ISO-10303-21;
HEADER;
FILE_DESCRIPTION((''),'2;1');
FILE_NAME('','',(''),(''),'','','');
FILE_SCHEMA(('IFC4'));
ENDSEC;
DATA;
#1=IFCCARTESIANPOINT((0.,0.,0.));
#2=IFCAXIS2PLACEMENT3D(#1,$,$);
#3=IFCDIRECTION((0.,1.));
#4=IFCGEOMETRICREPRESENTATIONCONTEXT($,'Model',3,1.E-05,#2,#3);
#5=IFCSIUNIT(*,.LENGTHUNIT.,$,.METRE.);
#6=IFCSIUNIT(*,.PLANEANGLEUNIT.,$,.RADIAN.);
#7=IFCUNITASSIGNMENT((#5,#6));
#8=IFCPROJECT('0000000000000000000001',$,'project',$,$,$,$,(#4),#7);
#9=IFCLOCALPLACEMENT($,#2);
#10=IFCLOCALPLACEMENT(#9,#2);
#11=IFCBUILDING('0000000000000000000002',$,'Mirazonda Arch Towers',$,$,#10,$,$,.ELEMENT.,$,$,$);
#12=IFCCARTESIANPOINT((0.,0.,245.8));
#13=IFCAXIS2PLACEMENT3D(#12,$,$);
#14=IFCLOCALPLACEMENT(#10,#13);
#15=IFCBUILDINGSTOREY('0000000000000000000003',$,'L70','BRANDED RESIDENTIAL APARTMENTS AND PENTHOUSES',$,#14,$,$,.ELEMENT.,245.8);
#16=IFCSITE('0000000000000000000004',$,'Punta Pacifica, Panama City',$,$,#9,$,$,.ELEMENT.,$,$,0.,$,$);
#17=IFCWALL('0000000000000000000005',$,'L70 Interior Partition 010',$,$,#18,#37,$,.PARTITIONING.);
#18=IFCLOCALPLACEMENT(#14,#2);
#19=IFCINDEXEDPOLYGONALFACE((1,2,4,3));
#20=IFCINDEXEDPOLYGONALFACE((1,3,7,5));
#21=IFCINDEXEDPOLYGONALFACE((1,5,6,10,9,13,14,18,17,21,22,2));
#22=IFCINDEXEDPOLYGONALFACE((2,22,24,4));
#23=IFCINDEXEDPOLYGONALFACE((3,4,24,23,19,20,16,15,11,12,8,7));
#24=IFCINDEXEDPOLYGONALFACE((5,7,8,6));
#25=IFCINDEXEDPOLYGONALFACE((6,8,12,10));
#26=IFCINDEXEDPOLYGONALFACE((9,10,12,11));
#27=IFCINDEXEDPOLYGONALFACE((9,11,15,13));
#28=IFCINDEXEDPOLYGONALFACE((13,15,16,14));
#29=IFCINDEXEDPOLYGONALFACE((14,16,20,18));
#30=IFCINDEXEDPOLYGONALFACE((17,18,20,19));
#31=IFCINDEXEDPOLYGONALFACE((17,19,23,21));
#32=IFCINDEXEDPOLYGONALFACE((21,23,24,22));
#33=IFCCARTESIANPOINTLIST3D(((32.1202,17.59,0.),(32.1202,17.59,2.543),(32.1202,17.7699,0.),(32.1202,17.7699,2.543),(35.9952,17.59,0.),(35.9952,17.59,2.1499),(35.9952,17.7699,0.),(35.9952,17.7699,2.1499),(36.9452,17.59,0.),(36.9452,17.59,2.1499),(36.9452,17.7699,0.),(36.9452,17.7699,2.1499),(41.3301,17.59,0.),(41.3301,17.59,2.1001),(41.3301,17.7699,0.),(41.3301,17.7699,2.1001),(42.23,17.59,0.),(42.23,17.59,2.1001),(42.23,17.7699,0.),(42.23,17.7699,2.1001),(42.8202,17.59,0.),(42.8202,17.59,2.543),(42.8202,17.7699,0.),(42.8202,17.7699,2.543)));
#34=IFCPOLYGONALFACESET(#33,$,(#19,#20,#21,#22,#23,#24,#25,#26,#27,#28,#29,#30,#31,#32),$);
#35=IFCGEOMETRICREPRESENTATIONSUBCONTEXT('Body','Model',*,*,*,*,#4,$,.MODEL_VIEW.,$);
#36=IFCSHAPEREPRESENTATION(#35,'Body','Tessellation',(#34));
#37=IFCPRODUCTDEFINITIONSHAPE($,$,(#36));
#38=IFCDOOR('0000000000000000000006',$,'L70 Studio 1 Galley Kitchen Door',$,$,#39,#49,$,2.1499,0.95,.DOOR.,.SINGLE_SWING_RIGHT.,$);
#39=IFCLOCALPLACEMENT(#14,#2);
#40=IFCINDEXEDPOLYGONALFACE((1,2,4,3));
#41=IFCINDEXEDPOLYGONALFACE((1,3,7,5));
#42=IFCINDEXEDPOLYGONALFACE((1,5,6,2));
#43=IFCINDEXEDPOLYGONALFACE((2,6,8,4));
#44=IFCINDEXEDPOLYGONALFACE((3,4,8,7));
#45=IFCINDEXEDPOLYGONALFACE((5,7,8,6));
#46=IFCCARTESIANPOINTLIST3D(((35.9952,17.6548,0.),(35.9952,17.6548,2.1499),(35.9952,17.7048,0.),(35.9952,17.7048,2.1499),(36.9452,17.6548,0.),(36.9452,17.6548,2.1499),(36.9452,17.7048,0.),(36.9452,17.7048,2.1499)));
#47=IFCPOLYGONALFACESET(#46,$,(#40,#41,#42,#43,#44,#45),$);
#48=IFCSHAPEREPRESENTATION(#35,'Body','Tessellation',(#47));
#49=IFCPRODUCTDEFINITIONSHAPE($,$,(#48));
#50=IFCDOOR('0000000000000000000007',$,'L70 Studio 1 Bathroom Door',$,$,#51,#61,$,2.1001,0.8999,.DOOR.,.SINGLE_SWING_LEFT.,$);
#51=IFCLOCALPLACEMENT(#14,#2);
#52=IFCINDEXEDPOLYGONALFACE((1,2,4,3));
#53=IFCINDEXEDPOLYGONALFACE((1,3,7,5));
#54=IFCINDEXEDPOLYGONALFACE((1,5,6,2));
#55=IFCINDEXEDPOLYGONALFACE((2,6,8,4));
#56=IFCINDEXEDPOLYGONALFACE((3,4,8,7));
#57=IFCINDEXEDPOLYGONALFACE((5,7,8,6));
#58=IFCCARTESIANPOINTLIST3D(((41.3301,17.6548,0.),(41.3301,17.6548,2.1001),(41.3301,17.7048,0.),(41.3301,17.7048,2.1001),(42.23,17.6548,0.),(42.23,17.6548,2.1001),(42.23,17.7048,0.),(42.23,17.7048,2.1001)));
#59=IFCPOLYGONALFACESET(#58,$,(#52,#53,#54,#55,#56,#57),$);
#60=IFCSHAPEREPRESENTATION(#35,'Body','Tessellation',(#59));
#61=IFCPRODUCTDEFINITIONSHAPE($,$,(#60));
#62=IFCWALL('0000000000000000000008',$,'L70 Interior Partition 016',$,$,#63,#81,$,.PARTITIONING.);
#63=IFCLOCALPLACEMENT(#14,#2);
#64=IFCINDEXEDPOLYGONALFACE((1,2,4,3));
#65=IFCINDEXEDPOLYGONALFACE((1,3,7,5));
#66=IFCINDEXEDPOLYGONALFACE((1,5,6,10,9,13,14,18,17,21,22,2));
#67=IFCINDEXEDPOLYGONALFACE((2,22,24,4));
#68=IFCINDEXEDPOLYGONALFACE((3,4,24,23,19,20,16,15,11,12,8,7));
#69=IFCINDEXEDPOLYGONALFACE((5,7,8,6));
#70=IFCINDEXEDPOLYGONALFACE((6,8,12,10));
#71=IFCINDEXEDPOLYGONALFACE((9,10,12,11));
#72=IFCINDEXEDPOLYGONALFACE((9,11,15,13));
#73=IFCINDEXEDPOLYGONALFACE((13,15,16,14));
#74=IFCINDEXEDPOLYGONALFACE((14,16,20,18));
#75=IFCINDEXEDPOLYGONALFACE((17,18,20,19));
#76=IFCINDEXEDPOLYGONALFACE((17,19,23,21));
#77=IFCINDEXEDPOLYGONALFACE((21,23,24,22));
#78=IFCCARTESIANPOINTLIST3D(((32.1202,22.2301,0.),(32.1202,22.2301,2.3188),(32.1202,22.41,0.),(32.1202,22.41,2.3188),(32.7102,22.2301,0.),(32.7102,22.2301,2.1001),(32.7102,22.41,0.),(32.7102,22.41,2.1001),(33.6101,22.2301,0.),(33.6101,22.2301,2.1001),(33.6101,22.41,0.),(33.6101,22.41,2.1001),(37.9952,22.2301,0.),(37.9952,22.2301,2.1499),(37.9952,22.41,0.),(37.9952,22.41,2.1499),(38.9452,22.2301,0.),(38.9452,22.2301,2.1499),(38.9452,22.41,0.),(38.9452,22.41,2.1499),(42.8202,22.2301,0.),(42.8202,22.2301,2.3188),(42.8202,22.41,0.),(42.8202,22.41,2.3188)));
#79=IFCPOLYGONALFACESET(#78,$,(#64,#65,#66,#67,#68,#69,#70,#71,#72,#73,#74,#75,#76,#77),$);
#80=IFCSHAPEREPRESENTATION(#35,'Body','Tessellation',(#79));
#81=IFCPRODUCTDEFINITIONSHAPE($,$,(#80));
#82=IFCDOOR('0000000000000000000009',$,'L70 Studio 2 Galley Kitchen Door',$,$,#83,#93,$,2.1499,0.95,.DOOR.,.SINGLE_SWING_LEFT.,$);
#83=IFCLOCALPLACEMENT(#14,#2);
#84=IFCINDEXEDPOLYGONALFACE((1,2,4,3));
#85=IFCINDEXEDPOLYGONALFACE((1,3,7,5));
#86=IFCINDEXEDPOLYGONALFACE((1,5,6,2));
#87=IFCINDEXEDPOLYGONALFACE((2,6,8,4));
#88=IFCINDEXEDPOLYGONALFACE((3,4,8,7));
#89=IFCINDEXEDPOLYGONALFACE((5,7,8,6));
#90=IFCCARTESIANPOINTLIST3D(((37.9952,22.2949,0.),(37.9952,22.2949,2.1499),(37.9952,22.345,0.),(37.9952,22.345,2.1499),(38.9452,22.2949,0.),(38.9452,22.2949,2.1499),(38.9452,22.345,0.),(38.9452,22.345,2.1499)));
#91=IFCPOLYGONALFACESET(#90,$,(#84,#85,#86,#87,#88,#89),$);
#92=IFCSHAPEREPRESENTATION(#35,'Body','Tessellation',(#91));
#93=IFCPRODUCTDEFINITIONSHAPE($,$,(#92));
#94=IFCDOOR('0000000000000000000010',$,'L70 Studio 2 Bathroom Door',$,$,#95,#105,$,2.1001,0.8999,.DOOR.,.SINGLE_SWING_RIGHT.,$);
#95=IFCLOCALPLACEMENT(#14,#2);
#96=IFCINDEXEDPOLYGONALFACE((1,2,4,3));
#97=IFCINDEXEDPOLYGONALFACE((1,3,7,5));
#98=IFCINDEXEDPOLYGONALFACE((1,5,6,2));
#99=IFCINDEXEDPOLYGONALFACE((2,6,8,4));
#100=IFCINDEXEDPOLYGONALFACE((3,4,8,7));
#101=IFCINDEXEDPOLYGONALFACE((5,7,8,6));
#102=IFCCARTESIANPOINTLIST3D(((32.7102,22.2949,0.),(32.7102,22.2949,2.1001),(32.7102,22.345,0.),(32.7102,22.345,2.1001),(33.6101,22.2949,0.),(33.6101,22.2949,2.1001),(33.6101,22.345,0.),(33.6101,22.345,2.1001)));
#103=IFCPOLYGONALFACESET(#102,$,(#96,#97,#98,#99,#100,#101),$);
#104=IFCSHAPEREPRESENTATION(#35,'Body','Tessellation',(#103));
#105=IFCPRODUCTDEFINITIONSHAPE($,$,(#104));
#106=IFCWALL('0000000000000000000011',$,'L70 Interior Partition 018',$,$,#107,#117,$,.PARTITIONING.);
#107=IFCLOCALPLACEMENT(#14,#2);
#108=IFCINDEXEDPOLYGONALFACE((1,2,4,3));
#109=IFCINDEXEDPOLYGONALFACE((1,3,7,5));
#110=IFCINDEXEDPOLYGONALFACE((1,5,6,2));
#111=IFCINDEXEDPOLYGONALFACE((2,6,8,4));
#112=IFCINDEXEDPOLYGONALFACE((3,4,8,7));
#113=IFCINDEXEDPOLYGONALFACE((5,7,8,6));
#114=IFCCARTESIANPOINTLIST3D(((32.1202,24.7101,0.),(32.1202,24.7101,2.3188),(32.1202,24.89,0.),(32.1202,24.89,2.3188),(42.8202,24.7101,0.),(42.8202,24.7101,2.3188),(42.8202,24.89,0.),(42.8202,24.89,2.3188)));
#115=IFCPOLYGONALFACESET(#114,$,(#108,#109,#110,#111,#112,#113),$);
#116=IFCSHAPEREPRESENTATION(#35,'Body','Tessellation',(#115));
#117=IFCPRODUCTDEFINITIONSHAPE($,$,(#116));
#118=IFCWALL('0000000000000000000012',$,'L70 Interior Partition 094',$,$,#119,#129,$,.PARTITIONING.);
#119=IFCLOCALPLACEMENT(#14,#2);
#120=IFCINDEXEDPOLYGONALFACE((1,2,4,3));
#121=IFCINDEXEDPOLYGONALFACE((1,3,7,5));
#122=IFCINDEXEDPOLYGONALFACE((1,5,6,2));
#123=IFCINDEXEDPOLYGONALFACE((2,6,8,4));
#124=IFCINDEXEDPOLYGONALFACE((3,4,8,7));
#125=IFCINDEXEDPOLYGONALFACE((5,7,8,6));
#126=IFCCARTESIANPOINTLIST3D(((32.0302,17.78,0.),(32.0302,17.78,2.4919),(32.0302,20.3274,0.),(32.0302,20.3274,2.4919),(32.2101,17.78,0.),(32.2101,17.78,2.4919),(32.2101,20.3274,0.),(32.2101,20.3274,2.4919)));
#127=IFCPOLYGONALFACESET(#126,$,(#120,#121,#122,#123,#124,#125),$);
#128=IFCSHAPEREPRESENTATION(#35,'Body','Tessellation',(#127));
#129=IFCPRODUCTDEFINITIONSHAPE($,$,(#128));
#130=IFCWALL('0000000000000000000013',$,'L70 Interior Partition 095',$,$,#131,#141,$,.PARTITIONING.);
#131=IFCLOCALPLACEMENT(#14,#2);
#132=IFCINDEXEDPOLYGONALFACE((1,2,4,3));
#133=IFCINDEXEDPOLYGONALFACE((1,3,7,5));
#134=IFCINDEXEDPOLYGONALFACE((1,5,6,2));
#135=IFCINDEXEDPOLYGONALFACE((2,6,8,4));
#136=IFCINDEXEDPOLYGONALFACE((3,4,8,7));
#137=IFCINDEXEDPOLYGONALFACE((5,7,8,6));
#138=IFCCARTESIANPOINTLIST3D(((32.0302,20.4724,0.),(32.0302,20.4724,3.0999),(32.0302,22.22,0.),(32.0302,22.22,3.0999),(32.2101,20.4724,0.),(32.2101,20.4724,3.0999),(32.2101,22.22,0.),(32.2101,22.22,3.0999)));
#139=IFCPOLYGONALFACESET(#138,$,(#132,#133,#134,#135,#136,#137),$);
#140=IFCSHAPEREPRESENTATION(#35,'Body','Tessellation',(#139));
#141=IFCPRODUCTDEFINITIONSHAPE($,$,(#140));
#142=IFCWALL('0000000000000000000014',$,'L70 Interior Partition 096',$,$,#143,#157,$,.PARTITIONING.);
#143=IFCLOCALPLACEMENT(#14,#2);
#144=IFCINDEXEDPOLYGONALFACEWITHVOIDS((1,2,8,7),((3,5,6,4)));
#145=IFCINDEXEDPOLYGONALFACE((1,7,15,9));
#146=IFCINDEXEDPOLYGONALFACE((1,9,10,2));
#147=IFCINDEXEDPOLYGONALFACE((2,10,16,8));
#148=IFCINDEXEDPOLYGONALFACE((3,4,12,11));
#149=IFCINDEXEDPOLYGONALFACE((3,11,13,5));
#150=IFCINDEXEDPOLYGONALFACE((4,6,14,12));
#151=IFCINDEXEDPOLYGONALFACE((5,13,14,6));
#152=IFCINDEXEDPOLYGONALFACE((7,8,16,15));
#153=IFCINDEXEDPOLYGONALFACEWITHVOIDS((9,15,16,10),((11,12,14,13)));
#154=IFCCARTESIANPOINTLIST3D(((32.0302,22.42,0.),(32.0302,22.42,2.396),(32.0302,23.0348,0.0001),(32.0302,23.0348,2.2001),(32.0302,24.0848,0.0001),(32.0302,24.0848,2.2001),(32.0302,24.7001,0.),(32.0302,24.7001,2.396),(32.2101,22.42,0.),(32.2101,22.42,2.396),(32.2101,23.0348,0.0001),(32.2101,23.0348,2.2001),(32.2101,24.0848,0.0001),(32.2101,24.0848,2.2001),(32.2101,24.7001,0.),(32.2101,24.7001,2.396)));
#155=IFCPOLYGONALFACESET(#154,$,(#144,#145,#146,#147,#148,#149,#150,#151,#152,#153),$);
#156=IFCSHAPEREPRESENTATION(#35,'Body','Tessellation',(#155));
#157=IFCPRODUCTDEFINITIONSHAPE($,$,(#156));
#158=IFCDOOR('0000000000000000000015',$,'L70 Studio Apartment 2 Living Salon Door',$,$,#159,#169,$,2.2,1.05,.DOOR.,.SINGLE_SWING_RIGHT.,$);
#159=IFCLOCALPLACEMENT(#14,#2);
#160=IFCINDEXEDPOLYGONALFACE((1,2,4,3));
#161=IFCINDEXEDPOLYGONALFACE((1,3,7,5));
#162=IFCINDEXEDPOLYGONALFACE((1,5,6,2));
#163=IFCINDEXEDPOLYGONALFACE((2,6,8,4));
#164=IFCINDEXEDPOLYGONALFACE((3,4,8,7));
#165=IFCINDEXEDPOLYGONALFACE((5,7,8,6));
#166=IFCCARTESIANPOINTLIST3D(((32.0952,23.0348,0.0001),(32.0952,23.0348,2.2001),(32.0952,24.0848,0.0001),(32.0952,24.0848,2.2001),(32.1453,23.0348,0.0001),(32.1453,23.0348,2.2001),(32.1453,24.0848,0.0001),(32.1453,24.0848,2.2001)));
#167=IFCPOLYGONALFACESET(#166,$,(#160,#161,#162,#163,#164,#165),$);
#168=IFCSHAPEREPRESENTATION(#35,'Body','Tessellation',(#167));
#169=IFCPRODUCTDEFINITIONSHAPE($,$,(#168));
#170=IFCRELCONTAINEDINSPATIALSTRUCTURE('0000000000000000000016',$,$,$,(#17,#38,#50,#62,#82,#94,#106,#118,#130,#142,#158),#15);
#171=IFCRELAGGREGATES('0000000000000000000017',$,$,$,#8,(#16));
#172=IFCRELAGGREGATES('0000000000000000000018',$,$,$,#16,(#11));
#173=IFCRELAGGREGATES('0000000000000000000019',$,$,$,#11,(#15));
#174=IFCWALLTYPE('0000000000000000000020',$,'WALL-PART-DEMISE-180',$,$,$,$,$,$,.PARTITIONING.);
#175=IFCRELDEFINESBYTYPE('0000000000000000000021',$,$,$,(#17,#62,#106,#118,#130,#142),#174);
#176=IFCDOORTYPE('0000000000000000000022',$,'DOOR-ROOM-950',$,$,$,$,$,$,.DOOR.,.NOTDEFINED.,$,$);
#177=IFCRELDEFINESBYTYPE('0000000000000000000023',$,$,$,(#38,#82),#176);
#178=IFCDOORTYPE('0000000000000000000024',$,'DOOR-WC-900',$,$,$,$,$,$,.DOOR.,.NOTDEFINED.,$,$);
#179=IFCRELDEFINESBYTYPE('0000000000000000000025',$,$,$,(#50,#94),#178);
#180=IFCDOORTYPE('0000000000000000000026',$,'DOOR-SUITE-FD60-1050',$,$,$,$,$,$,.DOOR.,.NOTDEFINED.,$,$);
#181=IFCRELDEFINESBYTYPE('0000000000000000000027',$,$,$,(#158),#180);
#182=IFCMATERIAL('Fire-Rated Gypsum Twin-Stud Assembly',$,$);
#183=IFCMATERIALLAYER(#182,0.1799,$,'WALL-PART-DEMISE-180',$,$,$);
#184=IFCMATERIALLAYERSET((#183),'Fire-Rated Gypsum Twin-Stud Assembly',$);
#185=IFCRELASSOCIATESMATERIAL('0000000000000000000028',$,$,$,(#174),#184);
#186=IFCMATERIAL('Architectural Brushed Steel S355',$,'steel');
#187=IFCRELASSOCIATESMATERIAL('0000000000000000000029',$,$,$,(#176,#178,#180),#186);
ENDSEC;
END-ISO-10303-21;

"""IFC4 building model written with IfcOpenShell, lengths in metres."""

from ifc_helpers import new_model, si_unit, direction, frame, frame_2d, origin, place, context, subcontext, project, spatial, rectangle, extrude, material, layer, layer_set, type_object, element, fill, save


model = new_model("IFC4")

# Units and contexts
model_context = context("Model", 3, precision=1e-05, world=origin(), true_north=direction((0.0, 1.0)))
body_context = subcontext(model_context, "Body", "Model", "MODEL_VIEW")
ifc_project = project(units=[si_unit("LENGTHUNIT", "METRE"), si_unit("PLANEANGLEUNIT", "RADIAN")], contexts=[model_context])

# Site, building, storey
site_placement = place(None, origin())
site = spatial("IfcSite", under=ifc_project, at=site_placement, Name="Punta Pacifica, Panama City", CompositionType="ELEMENT", RefElevation=0.0)
building_placement = place(site_placement, origin())
building = spatial("IfcBuilding", under=site, at=building_placement, Name="Mirazonda Arch Towers", CompositionType="ELEMENT")
storey_placement = place(building_placement, frame((0.0, 0.0, 245.8)))
storey = spatial("IfcBuildingStorey", under=building, at=storey_placement, Name="L70", Description="BRANDED RESIDENTIAL APARTMENTS AND PENTHOUSES", CompositionType="ELEMENT", Elevation=245.8)

# Walls, openings, doors
ifc_material_1 = material(Name="Fire-Rated Gypsum Twin-Stud Assembly")
ifc_layer_1 = layer(ifc_material_1, 0.1799, Name="WALL-PART-DEMISE-180")
ifc_layer_set_1 = layer_set([ifc_layer_1], Name="Fire-Rated Gypsum Twin-Stud Assembly")
wall_type_1 = type_object("IfcWallType", Name="WALL-PART-DEMISE-180", PredefinedType="PARTITIONING", material=ifc_layer_set_1)
wall_1_placement = place(storey_placement, frame((32.1201, 17.6799, 0.0), z_axis=(0.0, 0.0, 1.0), x_axis=(1.0, 0.0, 0.0)))
wall_1 = element("IfcWall", 1, at=wall_1_placement, inside=storey, type_object=wall_type_1, Name="L70 Interior Partition 010", PredefinedType="PARTITIONING", context=body_context, shape_type="SweptSolid", body=[
    extrude(rectangle(XDim=10.7, YDim=0.1799, at=frame_2d((5.3501, 0.0))), origin(), (0.0, 0.0, 1.0), 2.543),
])
opening_1_placement = place(wall_1_placement, frame((3.875, 0.0, 0.0)))
opening_1 = element("IfcOpeningElement", 2, at=opening_1_placement, cuts=wall_1, PredefinedType="OPENING", context=body_context, shape_type="SweptSolid", body=[
    extrude(rectangle(XDim=0.95, YDim=2.1499, at=frame_2d((0.4751, 1.075))), frame((0.0, 0.0999, 0.0), z_axis=(0.0, -1.0, 0.0), x_axis=(1.0, 0.0, 0.0)), (0.0, 0.0, 1.0), 0.2),
])
opening_2_placement = place(wall_1_placement, frame((9.21, 0.0, 0.0)))
opening_2 = element("IfcOpeningElement", 3, at=opening_2_placement, cuts=wall_1, PredefinedType="OPENING", context=body_context, shape_type="SweptSolid", body=[
    extrude(rectangle(XDim=0.8999, YDim=2.1001, at=frame_2d((0.45, 1.05))), frame((0.0, 0.0999, 0.0), z_axis=(0.0, -1.0, 0.0), x_axis=(1.0, 0.0, 0.0)), (0.0, 0.0, 1.0), 0.2),
])
ifc_material_2 = material(Name="Architectural Brushed Steel S355", Category="steel")
door_type_1 = type_object("IfcDoorType", Name="DOOR-ROOM-950", OperationType="NOTDEFINED", PredefinedType="DOOR", material=ifc_material_2)
door_1_placement = place(opening_1_placement, origin())
door_1 = element("IfcDoor", 4, at=door_1_placement, inside=storey, type_object=door_type_1, Name="L70 Studio 1 Galley Kitchen Door", OperationType="SINGLE_SWING_RIGHT", OverallHeight=2.1499, OverallWidth=0.95, PredefinedType="DOOR", context=body_context, shape_type="SweptSolid", body=[
    extrude(rectangle(XDim=0.95, YDim=2.1499, at=frame_2d((0.4751, 1.075))), frame((0.0, 0.0249, 0.0), z_axis=(0.0, -1.0, 0.0), x_axis=(1.0, 0.0, 0.0)), (0.0, 0.0, 1.0), 0.05),
])
fill(opening_1, door_1)
door_type_2 = type_object("IfcDoorType", Name="DOOR-WC-900", OperationType="NOTDEFINED", PredefinedType="DOOR", material=ifc_material_2)
door_2_placement = place(opening_2_placement, origin())
door_2 = element("IfcDoor", 5, at=door_2_placement, inside=storey, type_object=door_type_2, Name="L70 Studio 1 Bathroom Door", OperationType="SINGLE_SWING_LEFT", OverallHeight=2.1001, OverallWidth=0.8999, PredefinedType="DOOR", context=body_context, shape_type="SweptSolid", body=[
    extrude(rectangle(XDim=0.8999, YDim=2.1001, at=frame_2d((0.45, 1.05))), frame((0.0, 0.0249, 0.0), z_axis=(0.0, -1.0, 0.0), x_axis=(1.0, 0.0, 0.0)), (0.0, 0.0, 1.0), 0.05),
])
fill(opening_2, door_2)
wall_2_placement = place(storey_placement, frame((32.1201, 22.3201, 0.0), z_axis=(0.0, 0.0, 1.0), x_axis=(1.0, 0.0, 0.0)))
wall_2 = element("IfcWall", 6, at=wall_2_placement, inside=storey, type_object=wall_type_1, Name="L70 Interior Partition 016", PredefinedType="PARTITIONING", context=body_context, shape_type="SweptSolid", body=[
    extrude(rectangle(XDim=10.7, YDim=0.1799, at=frame_2d((5.3501, 0.0))), origin(), (0.0, 0.0, 1.0), 2.3188),
])
opening_3_placement = place(wall_2_placement, frame((5.875, 0.0, 0.0)))
opening_3 = element("IfcOpeningElement", 7, at=opening_3_placement, cuts=wall_2, PredefinedType="OPENING", context=body_context, shape_type="SweptSolid", body=[
    extrude(rectangle(XDim=0.95, YDim=2.1499, at=frame_2d((0.4751, 1.075))), frame((0.0, 0.0999, 0.0), z_axis=(0.0, -1.0, 0.0), x_axis=(1.0, 0.0, 0.0)), (0.0, 0.0, 1.0), 0.2),
])
opening_4_placement = place(wall_2_placement, frame((0.5901, 0.0, 0.0)))
opening_4 = element("IfcOpeningElement", 8, at=opening_4_placement, cuts=wall_2, PredefinedType="OPENING", context=body_context, shape_type="SweptSolid", body=[
    extrude(rectangle(XDim=0.8999, YDim=2.1001, at=frame_2d((0.45, 1.05))), frame((0.0, 0.0999, 0.0), z_axis=(0.0, -1.0, 0.0), x_axis=(1.0, 0.0, 0.0)), (0.0, 0.0, 1.0), 0.2),
])
door_3_placement = place(opening_3_placement, origin())
door_3 = element("IfcDoor", 9, at=door_3_placement, inside=storey, type_object=door_type_1, Name="L70 Studio 2 Galley Kitchen Door", OperationType="SINGLE_SWING_LEFT", OverallHeight=2.1499, OverallWidth=0.95, PredefinedType="DOOR", context=body_context, shape_type="SweptSolid", body=[
    extrude(rectangle(XDim=0.95, YDim=2.1499, at=frame_2d((0.4751, 1.075))), frame((0.0, 0.0249, 0.0), z_axis=(0.0, -1.0, 0.0), x_axis=(1.0, 0.0, 0.0)), (0.0, 0.0, 1.0), 0.05),
])
fill(opening_3, door_3)
door_4_placement = place(opening_4_placement, origin())
door_4 = element("IfcDoor", 10, at=door_4_placement, inside=storey, type_object=door_type_2, Name="L70 Studio 2 Bathroom Door", OperationType="SINGLE_SWING_RIGHT", OverallHeight=2.1001, OverallWidth=0.8999, PredefinedType="DOOR", context=body_context, shape_type="SweptSolid", body=[
    extrude(rectangle(XDim=0.8999, YDim=2.1001, at=frame_2d((0.45, 1.05))), frame((0.0, 0.0249, 0.0), z_axis=(0.0, -1.0, 0.0), x_axis=(1.0, 0.0, 0.0)), (0.0, 0.0, 1.0), 0.05),
])
fill(opening_4, door_4)

# Walls
wall_3_placement = place(storey_placement, frame((32.1201, 24.8, 0.0), z_axis=(0.0, 0.0, 1.0), x_axis=(1.0, 0.0, 0.0)))
element("IfcWall", 11, at=wall_3_placement, inside=storey, type_object=wall_type_1, Name="L70 Interior Partition 018", PredefinedType="PARTITIONING", context=body_context, shape_type="SweptSolid", body=[
    extrude(rectangle(XDim=10.7, YDim=0.1799, at=frame_2d((5.3501, 0.0))), origin(), (0.0, 0.0, 1.0), 2.3188),
])
wall_4_placement = place(storey_placement, frame((32.1201, 17.78, 0.0), z_axis=(0.0, 0.0, 1.0), x_axis=(0.0, 1.0, 0.0)))
element("IfcWall", 12, at=wall_4_placement, inside=storey, type_object=wall_type_1, Name="L70 Interior Partition 094", PredefinedType="PARTITIONING", context=body_context, shape_type="SweptSolid", body=[
    extrude(rectangle(XDim=2.5474, YDim=0.1799, at=frame_2d((1.2737, 0.0))), origin(), (0.0, 0.0, 1.0), 2.4919),
])
wall_5_placement = place(storey_placement, frame((32.1201, 20.4724, 0.0), z_axis=(0.0, 0.0, 1.0), x_axis=(0.0, 1.0, 0.0)))
element("IfcWall", 13, at=wall_5_placement, inside=storey, type_object=wall_type_1, Name="L70 Interior Partition 095", PredefinedType="PARTITIONING", context=body_context, shape_type="SweptSolid", body=[
    extrude(rectangle(XDim=1.7476, YDim=0.1799, at=frame_2d((0.8738, 0.0))), origin(), (0.0, 0.0, 1.0), 3.0999),
])

# Wall, opening, door
wall_6_placement = place(storey_placement, frame((32.1201, 22.4199, 0.0), z_axis=(0.0, 0.0, 1.0), x_axis=(0.0, 1.0, 0.0)))
wall_6 = element("IfcWall", 14, at=wall_6_placement, inside=storey, type_object=wall_type_1, Name="L70 Interior Partition 096", PredefinedType="PARTITIONING", context=body_context, shape_type="SweptSolid", body=[
    extrude(rectangle(XDim=2.28, YDim=0.1799, at=frame_2d((1.1401, 0.0))), origin(), (0.0, 0.0, 1.0), 2.396),
])
opening_5_placement = place(wall_6_placement, frame((0.615, 0.0, 0.0)))
opening_5 = element("IfcOpeningElement", 15, at=opening_5_placement, cuts=wall_6, PredefinedType="OPENING", context=body_context, shape_type="SweptSolid", body=[
    extrude(rectangle(XDim=1.05, YDim=2.2, at=frame_2d((0.5249, 1.1001))), frame((0.0, 0.0999, 0.0), z_axis=(0.0, -1.0, 0.0), x_axis=(1.0, 0.0, 0.0)), (0.0, 0.0, 1.0), 0.2),
])
door_type_3 = type_object("IfcDoorType", Name="DOOR-SUITE-FD60-1050", OperationType="NOTDEFINED", PredefinedType="DOOR", material=ifc_material_2)
door_5_placement = place(opening_5_placement, origin())
door_5 = element("IfcDoor", 16, at=door_5_placement, inside=storey, type_object=door_type_3, Name="L70 Studio Apartment 2 Living Salon Door", OperationType="SINGLE_SWING_RIGHT", OverallHeight=2.2, OverallWidth=1.05, PredefinedType="DOOR", context=body_context, shape_type="SweptSolid", body=[
    extrude(rectangle(XDim=1.05, YDim=2.2, at=frame_2d((0.5249, 1.1001))), frame((0.0, 0.0249, 0.0), z_axis=(0.0, -1.0, 0.0), x_axis=(1.0, 0.0, 0.0)), (0.0, 0.0, 1.0), 0.05),
])
fill(opening_5, door_5)

save(model, "model.ifc")
